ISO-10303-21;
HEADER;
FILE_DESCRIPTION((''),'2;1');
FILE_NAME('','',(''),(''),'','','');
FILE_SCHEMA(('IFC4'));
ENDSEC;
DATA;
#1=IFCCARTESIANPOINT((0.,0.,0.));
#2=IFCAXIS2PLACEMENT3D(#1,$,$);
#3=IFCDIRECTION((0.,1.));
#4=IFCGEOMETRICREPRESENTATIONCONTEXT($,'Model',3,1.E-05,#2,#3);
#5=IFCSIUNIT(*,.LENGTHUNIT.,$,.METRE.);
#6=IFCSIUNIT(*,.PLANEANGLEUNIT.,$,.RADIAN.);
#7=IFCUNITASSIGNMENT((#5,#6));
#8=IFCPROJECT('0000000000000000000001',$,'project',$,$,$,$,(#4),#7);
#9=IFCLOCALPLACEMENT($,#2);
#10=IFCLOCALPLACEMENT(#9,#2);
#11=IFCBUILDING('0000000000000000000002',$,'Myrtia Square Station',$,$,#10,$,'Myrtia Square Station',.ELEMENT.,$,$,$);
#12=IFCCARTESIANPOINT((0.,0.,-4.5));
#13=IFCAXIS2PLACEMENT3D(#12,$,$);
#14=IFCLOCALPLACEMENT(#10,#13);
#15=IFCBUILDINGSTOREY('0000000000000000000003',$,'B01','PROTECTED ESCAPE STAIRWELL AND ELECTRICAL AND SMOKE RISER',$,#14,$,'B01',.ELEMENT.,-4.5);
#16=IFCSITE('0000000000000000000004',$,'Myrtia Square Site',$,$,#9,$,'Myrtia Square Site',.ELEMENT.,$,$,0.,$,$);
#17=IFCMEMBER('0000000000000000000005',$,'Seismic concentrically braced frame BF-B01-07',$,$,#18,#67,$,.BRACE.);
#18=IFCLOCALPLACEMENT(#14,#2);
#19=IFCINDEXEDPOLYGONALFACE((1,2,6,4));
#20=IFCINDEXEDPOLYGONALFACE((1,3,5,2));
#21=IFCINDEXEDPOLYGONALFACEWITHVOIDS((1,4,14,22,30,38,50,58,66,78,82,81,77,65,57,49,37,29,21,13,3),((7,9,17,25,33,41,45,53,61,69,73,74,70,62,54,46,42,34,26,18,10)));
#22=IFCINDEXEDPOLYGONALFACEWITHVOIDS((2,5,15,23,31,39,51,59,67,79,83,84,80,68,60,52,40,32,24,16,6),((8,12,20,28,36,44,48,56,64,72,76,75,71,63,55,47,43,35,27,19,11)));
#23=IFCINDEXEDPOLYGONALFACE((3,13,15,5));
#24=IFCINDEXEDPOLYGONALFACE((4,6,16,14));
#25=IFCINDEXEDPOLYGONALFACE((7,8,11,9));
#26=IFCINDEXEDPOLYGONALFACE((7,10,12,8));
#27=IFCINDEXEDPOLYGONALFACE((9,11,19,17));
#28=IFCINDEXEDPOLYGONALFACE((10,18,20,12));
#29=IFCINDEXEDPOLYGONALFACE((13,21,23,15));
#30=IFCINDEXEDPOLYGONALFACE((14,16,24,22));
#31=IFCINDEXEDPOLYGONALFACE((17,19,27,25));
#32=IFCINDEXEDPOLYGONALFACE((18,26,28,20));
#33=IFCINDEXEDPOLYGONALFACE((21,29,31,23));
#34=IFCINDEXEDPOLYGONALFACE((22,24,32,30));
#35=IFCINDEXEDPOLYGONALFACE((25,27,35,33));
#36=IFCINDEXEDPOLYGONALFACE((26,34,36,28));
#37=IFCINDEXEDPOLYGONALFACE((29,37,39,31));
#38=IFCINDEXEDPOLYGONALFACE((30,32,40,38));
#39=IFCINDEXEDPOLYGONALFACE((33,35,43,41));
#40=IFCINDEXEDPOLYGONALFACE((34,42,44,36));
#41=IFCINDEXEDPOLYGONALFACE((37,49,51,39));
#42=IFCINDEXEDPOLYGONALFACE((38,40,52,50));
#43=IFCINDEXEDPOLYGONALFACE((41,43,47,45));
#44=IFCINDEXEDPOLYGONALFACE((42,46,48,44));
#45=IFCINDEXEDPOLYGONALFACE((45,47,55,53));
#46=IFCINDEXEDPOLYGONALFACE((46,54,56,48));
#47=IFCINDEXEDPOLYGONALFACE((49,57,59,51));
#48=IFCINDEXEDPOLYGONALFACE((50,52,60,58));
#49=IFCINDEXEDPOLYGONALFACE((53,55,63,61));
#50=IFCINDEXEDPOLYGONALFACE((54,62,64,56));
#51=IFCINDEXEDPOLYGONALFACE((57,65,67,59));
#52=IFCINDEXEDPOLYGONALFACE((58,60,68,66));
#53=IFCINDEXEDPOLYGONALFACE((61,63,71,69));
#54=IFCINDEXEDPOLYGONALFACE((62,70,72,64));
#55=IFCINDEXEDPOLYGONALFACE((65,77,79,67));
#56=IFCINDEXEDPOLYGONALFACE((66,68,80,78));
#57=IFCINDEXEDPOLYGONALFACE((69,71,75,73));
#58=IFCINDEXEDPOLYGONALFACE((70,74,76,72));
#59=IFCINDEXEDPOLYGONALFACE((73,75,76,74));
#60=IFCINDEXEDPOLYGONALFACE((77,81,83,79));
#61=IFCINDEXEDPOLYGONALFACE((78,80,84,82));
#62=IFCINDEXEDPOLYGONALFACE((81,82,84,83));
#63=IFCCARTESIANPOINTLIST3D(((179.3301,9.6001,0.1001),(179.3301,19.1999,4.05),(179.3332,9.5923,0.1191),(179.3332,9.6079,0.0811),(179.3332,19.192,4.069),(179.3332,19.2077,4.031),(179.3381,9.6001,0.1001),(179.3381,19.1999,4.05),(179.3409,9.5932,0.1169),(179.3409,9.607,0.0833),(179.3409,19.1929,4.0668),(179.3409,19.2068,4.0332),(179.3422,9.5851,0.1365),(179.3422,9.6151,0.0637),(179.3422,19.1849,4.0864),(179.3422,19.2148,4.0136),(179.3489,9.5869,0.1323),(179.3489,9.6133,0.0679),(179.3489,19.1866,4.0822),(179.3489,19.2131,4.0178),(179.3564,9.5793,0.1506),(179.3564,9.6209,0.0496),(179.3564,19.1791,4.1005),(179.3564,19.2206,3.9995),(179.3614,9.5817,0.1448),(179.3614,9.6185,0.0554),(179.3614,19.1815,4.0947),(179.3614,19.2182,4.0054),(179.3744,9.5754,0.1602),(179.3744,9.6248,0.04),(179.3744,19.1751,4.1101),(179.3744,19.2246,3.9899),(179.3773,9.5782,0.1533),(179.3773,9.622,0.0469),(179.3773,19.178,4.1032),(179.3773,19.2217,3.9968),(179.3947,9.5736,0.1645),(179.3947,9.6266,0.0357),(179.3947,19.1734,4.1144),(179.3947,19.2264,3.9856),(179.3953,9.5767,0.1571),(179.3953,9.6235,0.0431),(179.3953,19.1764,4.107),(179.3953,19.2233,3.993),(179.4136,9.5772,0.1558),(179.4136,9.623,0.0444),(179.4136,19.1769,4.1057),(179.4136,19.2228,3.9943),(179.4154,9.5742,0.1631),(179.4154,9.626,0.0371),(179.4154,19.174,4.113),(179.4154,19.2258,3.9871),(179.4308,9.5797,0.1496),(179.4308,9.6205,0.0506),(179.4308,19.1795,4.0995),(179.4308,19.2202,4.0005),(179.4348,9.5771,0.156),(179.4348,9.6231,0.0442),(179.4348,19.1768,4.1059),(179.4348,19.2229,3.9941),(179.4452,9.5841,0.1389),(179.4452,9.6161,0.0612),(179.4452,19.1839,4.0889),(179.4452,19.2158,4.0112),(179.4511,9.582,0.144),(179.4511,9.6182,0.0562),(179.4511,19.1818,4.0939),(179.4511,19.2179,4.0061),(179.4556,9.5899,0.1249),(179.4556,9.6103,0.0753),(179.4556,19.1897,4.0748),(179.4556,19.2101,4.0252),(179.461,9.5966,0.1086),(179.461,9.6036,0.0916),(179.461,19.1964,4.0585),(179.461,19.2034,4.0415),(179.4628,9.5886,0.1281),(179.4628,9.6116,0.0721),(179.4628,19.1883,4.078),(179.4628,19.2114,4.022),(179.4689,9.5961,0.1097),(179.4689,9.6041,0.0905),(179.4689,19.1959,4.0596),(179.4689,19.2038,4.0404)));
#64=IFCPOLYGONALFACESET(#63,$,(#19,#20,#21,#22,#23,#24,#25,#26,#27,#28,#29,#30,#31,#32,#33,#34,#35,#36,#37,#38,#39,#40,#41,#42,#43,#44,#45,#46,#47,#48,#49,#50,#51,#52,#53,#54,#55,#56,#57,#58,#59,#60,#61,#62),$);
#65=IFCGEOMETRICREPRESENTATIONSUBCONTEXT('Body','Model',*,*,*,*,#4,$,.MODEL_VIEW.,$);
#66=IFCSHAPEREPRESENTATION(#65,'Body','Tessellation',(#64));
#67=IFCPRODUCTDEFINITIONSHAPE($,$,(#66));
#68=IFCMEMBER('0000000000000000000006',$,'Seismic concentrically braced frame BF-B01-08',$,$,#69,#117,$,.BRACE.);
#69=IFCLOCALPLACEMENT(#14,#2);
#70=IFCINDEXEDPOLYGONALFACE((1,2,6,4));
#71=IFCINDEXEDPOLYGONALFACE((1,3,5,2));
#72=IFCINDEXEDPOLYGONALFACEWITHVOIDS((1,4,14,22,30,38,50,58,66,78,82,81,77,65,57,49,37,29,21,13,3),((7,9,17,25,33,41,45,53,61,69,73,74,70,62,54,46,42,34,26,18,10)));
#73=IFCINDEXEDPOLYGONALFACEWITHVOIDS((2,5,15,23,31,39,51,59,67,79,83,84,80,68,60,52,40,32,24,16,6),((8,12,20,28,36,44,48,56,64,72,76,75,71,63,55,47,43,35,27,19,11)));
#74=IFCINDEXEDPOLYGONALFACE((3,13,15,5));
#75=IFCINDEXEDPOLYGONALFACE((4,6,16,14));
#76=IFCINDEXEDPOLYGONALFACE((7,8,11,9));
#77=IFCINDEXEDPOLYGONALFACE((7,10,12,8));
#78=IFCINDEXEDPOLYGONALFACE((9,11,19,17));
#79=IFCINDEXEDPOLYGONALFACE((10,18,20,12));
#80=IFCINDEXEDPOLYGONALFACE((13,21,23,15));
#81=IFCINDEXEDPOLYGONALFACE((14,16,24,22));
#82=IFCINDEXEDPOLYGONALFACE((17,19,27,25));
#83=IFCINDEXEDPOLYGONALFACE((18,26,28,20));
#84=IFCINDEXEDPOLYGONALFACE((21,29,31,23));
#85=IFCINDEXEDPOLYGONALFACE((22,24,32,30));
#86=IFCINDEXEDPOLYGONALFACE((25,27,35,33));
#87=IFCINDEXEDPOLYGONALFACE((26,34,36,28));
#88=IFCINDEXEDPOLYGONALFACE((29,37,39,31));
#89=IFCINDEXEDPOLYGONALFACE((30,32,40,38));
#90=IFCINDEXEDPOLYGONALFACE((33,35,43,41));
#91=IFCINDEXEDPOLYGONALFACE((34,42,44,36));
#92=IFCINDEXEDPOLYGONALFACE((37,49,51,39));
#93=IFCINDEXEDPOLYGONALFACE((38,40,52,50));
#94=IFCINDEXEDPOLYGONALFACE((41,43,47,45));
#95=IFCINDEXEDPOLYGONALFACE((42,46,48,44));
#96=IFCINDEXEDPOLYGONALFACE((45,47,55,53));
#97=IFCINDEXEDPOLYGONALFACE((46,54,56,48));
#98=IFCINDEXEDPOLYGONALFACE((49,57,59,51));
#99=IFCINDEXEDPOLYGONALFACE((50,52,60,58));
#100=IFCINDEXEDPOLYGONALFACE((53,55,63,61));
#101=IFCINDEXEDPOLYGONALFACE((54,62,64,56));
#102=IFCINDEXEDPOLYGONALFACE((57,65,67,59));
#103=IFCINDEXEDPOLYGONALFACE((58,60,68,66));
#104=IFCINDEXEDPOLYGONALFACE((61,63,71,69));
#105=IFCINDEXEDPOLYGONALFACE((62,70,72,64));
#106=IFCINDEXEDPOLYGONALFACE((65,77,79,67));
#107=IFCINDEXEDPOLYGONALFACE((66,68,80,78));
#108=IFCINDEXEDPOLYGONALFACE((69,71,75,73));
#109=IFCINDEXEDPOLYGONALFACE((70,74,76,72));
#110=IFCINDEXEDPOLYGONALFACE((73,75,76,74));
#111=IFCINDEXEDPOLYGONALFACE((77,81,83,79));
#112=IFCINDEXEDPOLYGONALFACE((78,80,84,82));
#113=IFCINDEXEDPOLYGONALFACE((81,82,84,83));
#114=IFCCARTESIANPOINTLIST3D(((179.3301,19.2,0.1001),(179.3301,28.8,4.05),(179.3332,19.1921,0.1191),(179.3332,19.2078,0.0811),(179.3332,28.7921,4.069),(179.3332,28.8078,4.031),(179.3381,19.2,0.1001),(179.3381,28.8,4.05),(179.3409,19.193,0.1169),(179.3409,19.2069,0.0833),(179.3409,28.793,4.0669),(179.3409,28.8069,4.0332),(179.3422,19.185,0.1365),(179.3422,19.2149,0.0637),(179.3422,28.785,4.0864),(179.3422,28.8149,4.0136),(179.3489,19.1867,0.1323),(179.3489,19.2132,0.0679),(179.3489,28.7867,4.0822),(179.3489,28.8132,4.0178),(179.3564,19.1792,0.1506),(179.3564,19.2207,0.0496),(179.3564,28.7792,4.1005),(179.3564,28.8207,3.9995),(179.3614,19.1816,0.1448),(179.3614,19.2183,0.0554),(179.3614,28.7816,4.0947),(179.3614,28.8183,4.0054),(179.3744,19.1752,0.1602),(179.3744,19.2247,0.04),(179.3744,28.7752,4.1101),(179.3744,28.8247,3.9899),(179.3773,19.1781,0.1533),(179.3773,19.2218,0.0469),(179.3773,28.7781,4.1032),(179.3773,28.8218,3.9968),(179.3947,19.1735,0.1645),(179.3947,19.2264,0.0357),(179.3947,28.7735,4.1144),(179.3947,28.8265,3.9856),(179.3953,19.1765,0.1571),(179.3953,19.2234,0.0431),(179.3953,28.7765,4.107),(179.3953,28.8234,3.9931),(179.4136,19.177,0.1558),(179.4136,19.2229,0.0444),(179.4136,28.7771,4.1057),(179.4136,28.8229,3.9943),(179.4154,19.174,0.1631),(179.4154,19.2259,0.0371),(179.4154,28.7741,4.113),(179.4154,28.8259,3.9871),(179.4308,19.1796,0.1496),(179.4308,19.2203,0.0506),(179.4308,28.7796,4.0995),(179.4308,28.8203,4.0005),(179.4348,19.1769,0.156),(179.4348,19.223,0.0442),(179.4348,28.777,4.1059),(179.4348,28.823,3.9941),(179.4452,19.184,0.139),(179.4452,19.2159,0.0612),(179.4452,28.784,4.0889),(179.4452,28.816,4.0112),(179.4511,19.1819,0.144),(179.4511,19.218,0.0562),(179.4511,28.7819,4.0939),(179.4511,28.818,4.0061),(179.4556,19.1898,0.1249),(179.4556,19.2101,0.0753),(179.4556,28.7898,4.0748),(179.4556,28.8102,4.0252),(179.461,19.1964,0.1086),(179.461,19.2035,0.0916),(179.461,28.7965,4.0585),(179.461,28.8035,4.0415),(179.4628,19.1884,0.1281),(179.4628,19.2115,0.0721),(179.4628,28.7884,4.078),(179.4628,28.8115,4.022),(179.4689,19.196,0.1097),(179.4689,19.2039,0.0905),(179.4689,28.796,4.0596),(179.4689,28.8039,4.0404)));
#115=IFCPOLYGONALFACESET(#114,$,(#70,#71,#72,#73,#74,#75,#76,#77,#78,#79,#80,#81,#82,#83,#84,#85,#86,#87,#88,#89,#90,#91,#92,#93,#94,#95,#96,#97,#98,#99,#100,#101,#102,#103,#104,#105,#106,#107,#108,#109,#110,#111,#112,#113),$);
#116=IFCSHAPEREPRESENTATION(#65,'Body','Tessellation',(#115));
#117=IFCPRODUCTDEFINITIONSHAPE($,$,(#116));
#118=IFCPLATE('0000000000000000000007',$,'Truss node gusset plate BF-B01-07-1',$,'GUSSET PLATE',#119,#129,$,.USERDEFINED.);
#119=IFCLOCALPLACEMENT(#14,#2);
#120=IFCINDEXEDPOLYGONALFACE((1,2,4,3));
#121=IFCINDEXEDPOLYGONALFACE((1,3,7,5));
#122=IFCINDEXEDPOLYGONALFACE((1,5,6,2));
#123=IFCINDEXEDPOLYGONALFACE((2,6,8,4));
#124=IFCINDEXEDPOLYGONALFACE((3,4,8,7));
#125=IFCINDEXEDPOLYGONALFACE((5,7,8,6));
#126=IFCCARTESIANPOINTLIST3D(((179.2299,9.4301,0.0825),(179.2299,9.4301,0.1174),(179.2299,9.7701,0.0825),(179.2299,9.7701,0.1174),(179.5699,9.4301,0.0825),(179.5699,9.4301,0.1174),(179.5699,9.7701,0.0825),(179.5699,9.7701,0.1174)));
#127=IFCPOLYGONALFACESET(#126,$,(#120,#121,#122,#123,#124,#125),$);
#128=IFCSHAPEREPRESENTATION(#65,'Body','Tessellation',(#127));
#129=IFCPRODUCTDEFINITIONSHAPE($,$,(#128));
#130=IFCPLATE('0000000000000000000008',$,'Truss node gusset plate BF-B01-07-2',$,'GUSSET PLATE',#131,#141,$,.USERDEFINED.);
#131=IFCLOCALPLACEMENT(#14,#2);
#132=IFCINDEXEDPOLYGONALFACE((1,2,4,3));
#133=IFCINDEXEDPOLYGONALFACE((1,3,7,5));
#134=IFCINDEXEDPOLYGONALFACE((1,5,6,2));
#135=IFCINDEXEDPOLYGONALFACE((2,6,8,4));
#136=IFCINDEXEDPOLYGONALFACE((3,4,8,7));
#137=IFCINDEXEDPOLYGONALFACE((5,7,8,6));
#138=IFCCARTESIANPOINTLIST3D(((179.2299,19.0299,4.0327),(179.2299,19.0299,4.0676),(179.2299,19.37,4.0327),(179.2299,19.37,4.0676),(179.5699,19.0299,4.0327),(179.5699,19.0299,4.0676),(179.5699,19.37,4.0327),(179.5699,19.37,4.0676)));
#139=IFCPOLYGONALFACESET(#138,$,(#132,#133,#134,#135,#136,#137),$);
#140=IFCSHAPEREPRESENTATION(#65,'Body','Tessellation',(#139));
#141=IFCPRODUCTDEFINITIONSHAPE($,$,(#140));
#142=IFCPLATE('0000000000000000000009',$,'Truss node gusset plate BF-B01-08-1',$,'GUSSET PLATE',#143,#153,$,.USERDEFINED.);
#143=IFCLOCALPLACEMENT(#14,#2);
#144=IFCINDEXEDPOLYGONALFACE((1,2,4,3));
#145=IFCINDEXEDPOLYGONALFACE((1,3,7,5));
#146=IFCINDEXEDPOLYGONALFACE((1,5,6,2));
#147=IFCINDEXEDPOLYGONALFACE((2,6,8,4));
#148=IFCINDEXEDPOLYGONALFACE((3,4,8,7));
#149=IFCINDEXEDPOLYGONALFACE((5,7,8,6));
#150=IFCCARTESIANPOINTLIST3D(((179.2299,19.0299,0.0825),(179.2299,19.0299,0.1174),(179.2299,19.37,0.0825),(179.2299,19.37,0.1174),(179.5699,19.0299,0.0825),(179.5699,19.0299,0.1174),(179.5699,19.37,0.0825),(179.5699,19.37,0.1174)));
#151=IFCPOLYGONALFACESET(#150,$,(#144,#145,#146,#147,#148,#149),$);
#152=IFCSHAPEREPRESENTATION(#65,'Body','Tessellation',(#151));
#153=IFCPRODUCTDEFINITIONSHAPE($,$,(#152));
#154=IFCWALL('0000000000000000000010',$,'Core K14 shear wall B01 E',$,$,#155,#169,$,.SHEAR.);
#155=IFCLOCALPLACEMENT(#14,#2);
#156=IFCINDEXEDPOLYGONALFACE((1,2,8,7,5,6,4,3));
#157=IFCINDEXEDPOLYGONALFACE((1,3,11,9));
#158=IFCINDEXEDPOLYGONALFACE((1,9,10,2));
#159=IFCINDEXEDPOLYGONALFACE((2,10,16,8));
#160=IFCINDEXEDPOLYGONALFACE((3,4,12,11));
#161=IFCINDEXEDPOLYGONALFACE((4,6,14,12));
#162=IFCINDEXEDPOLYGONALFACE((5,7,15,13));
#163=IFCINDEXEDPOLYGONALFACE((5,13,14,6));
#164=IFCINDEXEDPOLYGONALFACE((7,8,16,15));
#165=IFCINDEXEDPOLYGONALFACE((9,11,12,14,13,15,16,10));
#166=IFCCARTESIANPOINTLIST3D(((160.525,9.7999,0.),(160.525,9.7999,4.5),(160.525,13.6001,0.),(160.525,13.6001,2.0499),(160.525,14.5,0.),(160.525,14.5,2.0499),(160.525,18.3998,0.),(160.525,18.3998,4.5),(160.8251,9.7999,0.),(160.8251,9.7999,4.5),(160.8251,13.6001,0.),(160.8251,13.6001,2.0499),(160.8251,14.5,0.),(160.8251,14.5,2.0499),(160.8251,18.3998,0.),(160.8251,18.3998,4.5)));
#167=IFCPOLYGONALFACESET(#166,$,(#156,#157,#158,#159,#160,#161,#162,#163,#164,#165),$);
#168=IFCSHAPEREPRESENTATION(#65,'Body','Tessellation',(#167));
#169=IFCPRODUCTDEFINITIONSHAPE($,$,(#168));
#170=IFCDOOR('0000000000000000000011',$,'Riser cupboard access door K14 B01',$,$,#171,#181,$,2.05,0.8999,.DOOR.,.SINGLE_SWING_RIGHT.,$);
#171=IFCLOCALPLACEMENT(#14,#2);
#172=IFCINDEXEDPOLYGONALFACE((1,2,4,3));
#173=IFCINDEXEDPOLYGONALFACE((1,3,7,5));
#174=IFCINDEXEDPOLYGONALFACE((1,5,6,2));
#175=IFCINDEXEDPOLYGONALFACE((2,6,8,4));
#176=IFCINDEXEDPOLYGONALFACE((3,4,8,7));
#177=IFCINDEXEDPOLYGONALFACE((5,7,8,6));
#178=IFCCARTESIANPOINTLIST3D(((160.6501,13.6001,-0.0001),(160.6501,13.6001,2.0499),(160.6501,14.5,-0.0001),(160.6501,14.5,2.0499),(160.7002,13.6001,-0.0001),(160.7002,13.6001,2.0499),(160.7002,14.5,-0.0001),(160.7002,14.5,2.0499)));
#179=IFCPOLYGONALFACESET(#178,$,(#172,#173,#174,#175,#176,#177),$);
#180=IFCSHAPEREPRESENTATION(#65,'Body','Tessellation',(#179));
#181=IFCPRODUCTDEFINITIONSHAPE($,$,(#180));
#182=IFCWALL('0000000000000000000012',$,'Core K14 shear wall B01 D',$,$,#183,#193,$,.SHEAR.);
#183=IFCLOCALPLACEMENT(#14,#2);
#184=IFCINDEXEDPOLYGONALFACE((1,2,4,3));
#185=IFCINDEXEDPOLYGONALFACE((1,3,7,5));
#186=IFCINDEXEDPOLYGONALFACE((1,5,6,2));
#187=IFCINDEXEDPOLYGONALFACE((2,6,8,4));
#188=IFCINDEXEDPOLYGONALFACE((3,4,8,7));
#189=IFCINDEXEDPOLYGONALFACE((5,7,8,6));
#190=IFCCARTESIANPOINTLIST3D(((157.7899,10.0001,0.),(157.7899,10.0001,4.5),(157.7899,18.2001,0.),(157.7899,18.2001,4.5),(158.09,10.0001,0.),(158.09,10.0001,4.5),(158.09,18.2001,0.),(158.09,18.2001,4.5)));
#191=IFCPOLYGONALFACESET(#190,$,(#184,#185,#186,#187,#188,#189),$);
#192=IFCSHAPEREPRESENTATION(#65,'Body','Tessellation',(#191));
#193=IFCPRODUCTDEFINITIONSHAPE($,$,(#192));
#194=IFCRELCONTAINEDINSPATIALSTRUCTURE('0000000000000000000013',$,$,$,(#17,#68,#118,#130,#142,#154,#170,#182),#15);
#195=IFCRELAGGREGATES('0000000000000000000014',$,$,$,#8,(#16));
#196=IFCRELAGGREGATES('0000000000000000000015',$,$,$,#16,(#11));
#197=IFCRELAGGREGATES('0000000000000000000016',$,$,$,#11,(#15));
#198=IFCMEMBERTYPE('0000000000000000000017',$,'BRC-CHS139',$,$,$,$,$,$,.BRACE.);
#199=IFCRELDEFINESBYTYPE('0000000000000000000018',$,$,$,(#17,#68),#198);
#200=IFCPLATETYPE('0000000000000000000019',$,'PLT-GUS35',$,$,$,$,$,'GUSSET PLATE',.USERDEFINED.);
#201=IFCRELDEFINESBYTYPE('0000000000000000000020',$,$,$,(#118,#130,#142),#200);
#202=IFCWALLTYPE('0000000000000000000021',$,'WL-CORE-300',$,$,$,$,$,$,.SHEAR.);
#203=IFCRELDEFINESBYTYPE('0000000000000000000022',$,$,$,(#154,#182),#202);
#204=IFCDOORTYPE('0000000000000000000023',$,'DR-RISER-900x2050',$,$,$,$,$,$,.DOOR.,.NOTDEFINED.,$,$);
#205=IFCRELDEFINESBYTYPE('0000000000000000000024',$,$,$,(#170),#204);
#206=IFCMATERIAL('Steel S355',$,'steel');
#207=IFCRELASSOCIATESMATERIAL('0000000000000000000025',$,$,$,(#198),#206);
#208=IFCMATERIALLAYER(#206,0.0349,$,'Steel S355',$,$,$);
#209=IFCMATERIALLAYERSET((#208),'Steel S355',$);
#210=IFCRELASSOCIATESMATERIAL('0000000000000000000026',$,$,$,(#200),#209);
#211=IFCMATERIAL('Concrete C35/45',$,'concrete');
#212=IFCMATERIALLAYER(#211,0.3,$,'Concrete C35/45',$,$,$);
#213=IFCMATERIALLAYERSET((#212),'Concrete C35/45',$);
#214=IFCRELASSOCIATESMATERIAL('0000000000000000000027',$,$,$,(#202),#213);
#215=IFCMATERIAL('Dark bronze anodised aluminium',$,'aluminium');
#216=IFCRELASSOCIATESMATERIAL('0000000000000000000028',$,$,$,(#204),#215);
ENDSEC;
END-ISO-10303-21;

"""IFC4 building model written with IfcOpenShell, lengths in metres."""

from ifc_helpers import new_model, si_unit, direction, frame, frame_2d, origin, origin_2d, place, context, subcontext, project, spatial, rectangle, hollow_circle, extrude, material, layer, layer_set, material_profile, profile_set, type_object, element, fill, save


model = new_model("IFC4")

# Units and contexts
model_context = context("Model", 3, precision=1e-05, world=origin(), true_north=direction((0.0, 1.0)))
body_context = subcontext(model_context, "Body", "Model", "MODEL_VIEW")
ifc_project = project(units=[si_unit("LENGTHUNIT", "METRE"), si_unit("PLANEANGLEUNIT", "RADIAN")], contexts=[model_context])

# Site, building, storey
site_placement = place(None, origin())
site = spatial("IfcSite", under=ifc_project, at=site_placement, Name="Myrtia Square Site", LongName="Myrtia Square Site", CompositionType="ELEMENT", RefElevation=0.0)
building_placement = place(site_placement, origin())
building = spatial("IfcBuilding", under=site, at=building_placement, Name="Myrtia Square Station", LongName="Myrtia Square Station", CompositionType="ELEMENT")
storey_placement = place(building_placement, frame((0.0, 0.0, -4.5)))
storey = spatial("IfcBuildingStorey", under=building, at=storey_placement, Name="B01", Description="PROTECTED ESCAPE STAIRWELL AND ELECTRICAL AND SMOKE RISER", LongName="B01", CompositionType="ELEMENT", Elevation=-4.5)

# Shared definitions
ifc_material_1 = material(Name="Concrete C35/45", Category="concrete")

# Shared definitions
ifc_material_2 = material(Name="Steel S355", Category="steel")

# Members
ifc_material_profile_1 = material_profile(ifc_material_2, hollow_circle(Radius=0.0698, WallThickness=0.0081, at=origin_2d()), Name="CHS 139.7x8")
ifc_profile_set_1 = profile_set([ifc_material_profile_1], Name="Steel S355")
member_type = type_object("IfcMemberType", Name="BRC-CHS139", PredefinedType="BRACE", material=ifc_profile_set_1)
member_1_placement = place(storey_placement, frame((179.3999, 9.6001, 0.1001), z_axis=(0.0, 0.924777, 0.380508), x_axis=(-1.0, 0.0, 0.0)))
element("IfcMember", 1, at=member_1_placement, inside=storey, type_object=member_type, Name="Seismic concentrically braced frame BF-B01-07", PredefinedType="BRACE", context=body_context, shape_type="SweptSolid", body=[
    extrude(hollow_circle(Radius=0.0698, WallThickness=0.0081, at=origin_2d()), origin(), (0.0, 0.0, 1.0), 10.3806),
])
member_2_placement = place(storey_placement, frame((179.3999, 19.2, 0.1001), z_axis=(0.0, 0.924781, 0.3805), x_axis=(-1.0, 0.0, 0.0)))
element("IfcMember", 2, at=member_2_placement, inside=storey, type_object=member_type, Name="Seismic concentrically braced frame BF-B01-08", PredefinedType="BRACE", context=body_context, shape_type="SweptSolid", body=[
    extrude(hollow_circle(Radius=0.0698, WallThickness=0.0081, at=origin_2d()), origin(), (0.0, 0.0, 1.0), 10.3809),
])

# Plates
ifc_layer_1 = layer(ifc_material_2, 0.0349, Name="Steel S355")
ifc_layer_set_1 = layer_set([ifc_layer_1], Name="Steel S355")
plate_type = type_object("IfcPlateType", Name="PLT-GUS35", ElementType="GUSSET PLATE", PredefinedType="USERDEFINED", material=ifc_layer_set_1)
for number, where, z_axis, x_axis, name in (
    (3, (179.3999, 9.6001, 0.0825), (0.0, 0.0, 1.0), (0.0, 1.0, 0.0), "Truss node gusset plate BF-B01-07-1"),
    (4, (179.3999, 19.2, 4.0327), (0.0, 0.0, 1.0), (0.0, 1.0, 0.0), "Truss node gusset plate BF-B01-07-2"),
    (5, (179.3999, 19.2, 0.0825), (0.0, 0.0, 1.0), (0.0, 1.0, 0.0), "Truss node gusset plate BF-B01-08-1"),
):
    element("IfcPlate", number, at=place(storey_placement, frame(where, z_axis=z_axis, x_axis=x_axis)), inside=storey, type_object=plate_type, Name=name, ObjectType="GUSSET PLATE", PredefinedType="USERDEFINED", context=body_context, shape_type="SweptSolid", body=[
        extrude(rectangle(XDim=0.3401, YDim=0.3401, at=origin_2d()), origin(), (0.0, 0.0, 1.0), 0.0349),
    ])

# Wall, opening, door
ifc_layer_2 = layer(ifc_material_1, 0.3, Name="Concrete C35/45")
ifc_layer_set_2 = layer_set([ifc_layer_2], Name="Concrete C35/45")
wall_type_1 = type_object("IfcWallType", Name="WL-CORE-300", PredefinedType="SHEAR", material=ifc_layer_set_2)
wall_1_placement = place(storey_placement, frame((160.675, 9.8, 0.0), z_axis=(0.0, 0.0, 1.0), x_axis=(0.0, 1.0, 0.0)))
wall_1 = element("IfcWall", 6, at=wall_1_placement, inside=storey, type_object=wall_type_1, Name="Core K14 shear wall B01 E", PredefinedType="SHEAR", context=body_context, shape_type="SweptSolid", body=[
    extrude(rectangle(XDim=8.5999, YDim=0.3, at=frame_2d((4.2998, 0.0))), origin(), (0.0, 0.0, 1.0), 4.5),
])
opening_1_placement = place(wall_1_placement, frame((3.8, 0.0, 0.0)))
opening_1 = element("IfcOpeningElement", 7, at=opening_1_placement, cuts=wall_1, PredefinedType="OPENING", context=body_context, shape_type="SweptSolid", body=[
    extrude(rectangle(XDim=0.8999, YDim=2.05, at=frame_2d((0.45, 1.0249))), frame((0.0, 0.165, 0.0), z_axis=(0.0, -1.0, 0.0), x_axis=(1.0, 0.0, 0.0)), (0.0, 0.0, 1.0), 0.3301),
])
ifc_material_3 = material(Name="Dark bronze anodised aluminium", Category="aluminium")
door_type_1 = type_object("IfcDoorType", Name="DR-RISER-900x2050", OperationType="NOTDEFINED", PredefinedType="DOOR", material=ifc_material_3)
door_1_placement = place(opening_1_placement, origin())
door_1 = element("IfcDoor", 8, at=door_1_placement, inside=storey, type_object=door_type_1, Name="Riser cupboard access door K14 B01", OperationType="SINGLE_SWING_RIGHT", OverallHeight=2.05, OverallWidth=0.8999, PredefinedType="DOOR", context=body_context, shape_type="SweptSolid", body=[
    extrude(rectangle(XDim=0.8999, YDim=2.05, at=frame_2d((0.45, 1.0249))), frame((0.0, 0.0249, 0.0), z_axis=(0.0, -1.0, 0.0), x_axis=(1.0, 0.0, 0.0)), (0.0, 0.0, 1.0), 0.05),
])
fill(opening_1, door_1)

# Wall
wall_2_placement = place(storey_placement, frame((157.9399, 10.0, 0.0), z_axis=(0.0, 0.0, 1.0), x_axis=(0.0, 1.0, 0.0)))
element("IfcWall", 9, at=wall_2_placement, inside=storey, type_object=wall_type_1, Name="Core K14 shear wall B01 D", PredefinedType="SHEAR", context=body_context, shape_type="SweptSolid", body=[
    extrude(rectangle(XDim=8.2, YDim=0.3, at=frame_2d((4.1001, 0.0))), origin(), (0.0, 0.0, 1.0), 4.5),
])

save(model, "model.ifc")
